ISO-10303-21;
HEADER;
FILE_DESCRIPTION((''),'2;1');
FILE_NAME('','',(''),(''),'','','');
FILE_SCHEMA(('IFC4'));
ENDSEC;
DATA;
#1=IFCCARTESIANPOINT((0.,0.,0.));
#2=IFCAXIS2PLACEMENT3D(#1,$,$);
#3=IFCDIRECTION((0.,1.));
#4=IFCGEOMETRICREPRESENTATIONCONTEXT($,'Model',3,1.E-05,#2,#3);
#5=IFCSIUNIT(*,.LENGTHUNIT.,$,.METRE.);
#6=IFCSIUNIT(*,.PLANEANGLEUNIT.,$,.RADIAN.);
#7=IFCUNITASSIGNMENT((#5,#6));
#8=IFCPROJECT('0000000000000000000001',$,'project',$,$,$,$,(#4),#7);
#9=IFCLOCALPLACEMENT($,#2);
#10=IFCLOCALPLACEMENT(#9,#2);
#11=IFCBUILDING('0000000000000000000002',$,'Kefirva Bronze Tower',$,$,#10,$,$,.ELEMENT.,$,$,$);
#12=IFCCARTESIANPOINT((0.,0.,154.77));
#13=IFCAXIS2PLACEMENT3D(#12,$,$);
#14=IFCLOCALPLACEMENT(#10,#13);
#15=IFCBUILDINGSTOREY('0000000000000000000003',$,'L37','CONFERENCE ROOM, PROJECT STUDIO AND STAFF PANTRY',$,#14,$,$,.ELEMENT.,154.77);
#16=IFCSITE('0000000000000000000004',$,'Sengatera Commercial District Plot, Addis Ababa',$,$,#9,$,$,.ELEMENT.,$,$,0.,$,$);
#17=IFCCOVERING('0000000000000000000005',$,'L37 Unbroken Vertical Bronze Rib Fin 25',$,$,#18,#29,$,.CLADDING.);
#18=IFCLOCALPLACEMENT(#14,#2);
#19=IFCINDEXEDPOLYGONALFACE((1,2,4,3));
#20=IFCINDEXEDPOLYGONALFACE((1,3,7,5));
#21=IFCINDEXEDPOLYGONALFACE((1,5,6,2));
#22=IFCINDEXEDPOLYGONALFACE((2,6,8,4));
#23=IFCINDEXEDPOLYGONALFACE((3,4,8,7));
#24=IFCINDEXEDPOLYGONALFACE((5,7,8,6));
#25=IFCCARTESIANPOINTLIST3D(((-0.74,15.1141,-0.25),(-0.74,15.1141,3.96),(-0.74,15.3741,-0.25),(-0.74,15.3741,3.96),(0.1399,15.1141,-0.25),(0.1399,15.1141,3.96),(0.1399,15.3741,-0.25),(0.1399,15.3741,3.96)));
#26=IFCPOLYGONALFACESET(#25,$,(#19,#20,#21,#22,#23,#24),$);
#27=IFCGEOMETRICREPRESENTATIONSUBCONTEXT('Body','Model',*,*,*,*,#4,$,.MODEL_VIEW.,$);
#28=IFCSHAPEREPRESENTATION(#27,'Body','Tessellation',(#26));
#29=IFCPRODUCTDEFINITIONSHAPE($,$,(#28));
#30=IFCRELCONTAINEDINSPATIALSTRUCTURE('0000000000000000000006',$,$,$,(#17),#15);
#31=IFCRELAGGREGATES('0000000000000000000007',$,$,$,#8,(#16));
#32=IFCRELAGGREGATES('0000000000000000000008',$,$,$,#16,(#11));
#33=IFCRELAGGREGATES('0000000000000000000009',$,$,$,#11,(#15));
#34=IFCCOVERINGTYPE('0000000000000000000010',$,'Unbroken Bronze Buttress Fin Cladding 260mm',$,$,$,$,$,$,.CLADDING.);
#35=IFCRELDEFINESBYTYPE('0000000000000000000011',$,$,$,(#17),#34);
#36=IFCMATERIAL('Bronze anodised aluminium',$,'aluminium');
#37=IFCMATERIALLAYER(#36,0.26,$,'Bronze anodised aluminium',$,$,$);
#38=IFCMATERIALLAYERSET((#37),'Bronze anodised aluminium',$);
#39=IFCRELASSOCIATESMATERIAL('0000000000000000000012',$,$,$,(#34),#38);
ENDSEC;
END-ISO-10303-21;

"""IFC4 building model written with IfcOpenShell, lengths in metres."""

from ifc_helpers import new_model, si_unit, direction, frame, origin, origin_2d, place, context, subcontext, project, spatial, rectangle, extrude, material, layer, layer_set, type_object, element, save


model = new_model("IFC4")

# Units and contexts
model_context = context("Model", 3, precision=1e-05, world=origin(), true_north=direction((0.0, 1.0)))
body_context = subcontext(model_context, "Body", "Model", "MODEL_VIEW")
ifc_project = project(units=[si_unit("LENGTHUNIT", "METRE"), si_unit("PLANEANGLEUNIT", "RADIAN")], contexts=[model_context])

# Site, building, storey
site_placement = place(None, origin())
site = spatial("IfcSite", under=ifc_project, at=site_placement, Name="Sengatera Commercial District Plot, Addis Ababa", CompositionType="ELEMENT", RefElevation=0.0)
building_placement = place(site_placement, origin())
building = spatial("IfcBuilding", under=site, at=building_placement, Name="Kefirva Bronze Tower", CompositionType="ELEMENT")
storey_placement = place(building_placement, frame((0.0, 0.0, 154.77)))
storey = spatial("IfcBuildingStorey", under=building, at=storey_placement, Name="L37", Description="CONFERENCE ROOM, PROJECT STUDIO AND STAFF PANTRY", CompositionType="ELEMENT", Elevation=154.77)

# Shared definitions
ifc_material_1 = material(Name="Bronze anodised aluminium", Category="aluminium")

# Covering
ifc_layer_1 = layer(ifc_material_1, 0.26, Name="Bronze anodised aluminium")
ifc_layer_set_1 = layer_set([ifc_layer_1], Name="Bronze anodised aluminium")
covering_type_1 = type_object("IfcCoveringType", Name="Unbroken Bronze Buttress Fin Cladding 260mm", PredefinedType="CLADDING", material=ifc_layer_set_1)
for number, where, z_axis, x_axis, name in (
    (1, (-0.3, 15.2441, -0.25), (0.0, 0.0, 1.0), (0.0, -1.0, 0.0), "L37 Unbroken Vertical Bronze Rib Fin 25"),
):
    element("IfcCovering", number, at=place(storey_placement, frame(where, z_axis=z_axis, x_axis=x_axis)), inside=storey, type_object=covering_type_1, Name=name, PredefinedType="CLADDING", context=body_context, shape_type="SweptSolid", body=[
        extrude(rectangle(XDim=0.26, YDim=0.8799, at=origin_2d()), origin(), (0.0, 0.0, 1.0), 4.21),
    ])

save(model, "model.ifc")
